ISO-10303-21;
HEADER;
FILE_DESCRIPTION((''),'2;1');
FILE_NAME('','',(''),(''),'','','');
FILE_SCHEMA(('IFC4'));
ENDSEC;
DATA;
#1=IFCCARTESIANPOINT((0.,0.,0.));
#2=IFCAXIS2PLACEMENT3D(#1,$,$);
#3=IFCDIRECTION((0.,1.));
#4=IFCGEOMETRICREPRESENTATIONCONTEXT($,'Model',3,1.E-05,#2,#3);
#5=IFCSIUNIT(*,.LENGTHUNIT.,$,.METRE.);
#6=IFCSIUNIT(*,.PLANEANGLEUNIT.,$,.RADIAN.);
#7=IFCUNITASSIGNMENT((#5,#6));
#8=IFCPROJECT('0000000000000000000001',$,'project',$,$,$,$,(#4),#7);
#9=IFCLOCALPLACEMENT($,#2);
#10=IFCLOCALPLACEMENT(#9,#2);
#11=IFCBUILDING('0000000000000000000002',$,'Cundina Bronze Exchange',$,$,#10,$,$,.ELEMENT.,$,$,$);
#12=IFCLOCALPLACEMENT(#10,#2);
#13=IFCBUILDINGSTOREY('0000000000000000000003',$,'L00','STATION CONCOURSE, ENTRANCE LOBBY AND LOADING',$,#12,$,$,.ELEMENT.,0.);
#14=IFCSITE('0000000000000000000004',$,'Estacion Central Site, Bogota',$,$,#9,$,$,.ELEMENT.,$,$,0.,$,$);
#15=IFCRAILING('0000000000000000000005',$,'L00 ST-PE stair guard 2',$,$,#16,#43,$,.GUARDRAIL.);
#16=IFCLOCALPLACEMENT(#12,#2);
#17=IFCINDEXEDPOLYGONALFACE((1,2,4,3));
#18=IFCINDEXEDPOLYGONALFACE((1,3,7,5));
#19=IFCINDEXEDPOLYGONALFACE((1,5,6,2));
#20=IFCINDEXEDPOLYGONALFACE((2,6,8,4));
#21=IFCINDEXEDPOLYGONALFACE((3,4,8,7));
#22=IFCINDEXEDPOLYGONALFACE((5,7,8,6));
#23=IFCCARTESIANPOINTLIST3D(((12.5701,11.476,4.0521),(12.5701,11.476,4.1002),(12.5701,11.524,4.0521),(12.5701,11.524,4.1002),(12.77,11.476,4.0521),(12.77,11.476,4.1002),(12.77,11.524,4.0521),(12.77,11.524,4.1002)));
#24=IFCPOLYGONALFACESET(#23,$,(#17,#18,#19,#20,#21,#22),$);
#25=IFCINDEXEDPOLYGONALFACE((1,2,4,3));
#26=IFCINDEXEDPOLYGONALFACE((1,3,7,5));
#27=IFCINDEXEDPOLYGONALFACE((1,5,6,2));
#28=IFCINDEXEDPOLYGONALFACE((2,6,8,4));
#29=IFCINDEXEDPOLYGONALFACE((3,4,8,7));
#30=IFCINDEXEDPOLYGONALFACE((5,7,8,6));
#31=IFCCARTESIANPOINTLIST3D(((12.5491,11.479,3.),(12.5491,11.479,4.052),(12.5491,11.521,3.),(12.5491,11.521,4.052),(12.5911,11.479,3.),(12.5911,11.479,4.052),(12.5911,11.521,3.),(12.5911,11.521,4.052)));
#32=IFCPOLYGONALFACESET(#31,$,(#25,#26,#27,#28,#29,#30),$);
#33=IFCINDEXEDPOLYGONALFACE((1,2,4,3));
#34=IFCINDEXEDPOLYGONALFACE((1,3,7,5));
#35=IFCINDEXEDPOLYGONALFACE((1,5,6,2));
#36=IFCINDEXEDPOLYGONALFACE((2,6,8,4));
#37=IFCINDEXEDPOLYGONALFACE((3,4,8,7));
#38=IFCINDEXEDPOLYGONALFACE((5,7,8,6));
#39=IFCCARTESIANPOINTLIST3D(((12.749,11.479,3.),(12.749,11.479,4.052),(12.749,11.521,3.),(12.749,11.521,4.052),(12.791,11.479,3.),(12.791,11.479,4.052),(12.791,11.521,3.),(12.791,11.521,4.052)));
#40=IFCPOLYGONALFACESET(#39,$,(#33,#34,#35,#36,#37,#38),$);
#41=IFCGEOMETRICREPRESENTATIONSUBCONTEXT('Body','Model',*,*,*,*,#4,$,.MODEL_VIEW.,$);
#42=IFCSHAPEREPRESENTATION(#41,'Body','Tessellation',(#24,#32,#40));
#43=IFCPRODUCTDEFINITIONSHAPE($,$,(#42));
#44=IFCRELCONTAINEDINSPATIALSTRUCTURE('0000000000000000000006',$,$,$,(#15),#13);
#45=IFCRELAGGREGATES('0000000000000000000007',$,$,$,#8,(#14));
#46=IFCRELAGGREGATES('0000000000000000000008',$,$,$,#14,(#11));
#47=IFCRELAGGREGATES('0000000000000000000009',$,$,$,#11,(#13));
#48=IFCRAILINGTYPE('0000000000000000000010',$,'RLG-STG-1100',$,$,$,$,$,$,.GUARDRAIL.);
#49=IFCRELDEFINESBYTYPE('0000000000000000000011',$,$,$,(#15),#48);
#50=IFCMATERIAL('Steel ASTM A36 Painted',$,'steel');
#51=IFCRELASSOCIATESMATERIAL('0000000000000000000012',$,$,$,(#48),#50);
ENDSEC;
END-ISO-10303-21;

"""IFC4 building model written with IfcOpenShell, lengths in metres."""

from ifc_helpers import new_model, si_unit, direction, frame, origin, origin_2d, place, context, subcontext, project, spatial, rectangle, extrude, material, type_object, element, save


model = new_model("IFC4")

# Units and contexts
model_context = context("Model", 3, precision=1e-05, world=origin(), true_north=direction((0.0, 1.0)))
body_context = subcontext(model_context, "Body", "Model", "MODEL_VIEW")
ifc_project = project(units=[si_unit("LENGTHUNIT", "METRE"), si_unit("PLANEANGLEUNIT", "RADIAN")], contexts=[model_context])

# Site, building, storey
site_placement = place(None, origin())
site = spatial("IfcSite", under=ifc_project, at=site_placement, Name="Estacion Central Site, Bogota", CompositionType="ELEMENT", RefElevation=0.0)
building_placement = place(site_placement, origin())
building = spatial("IfcBuilding", under=site, at=building_placement, Name="Cundina Bronze Exchange", CompositionType="ELEMENT")
storey_placement = place(building_placement, origin())
storey = spatial("IfcBuildingStorey", under=building, at=storey_placement, Name="L00", Description="STATION CONCOURSE, ENTRANCE LOBBY AND LOADING", CompositionType="ELEMENT", Elevation=0.0)

# Shared definitions
ifc_material_1 = material(Name="Steel ASTM A36 Painted", Category="steel")

# Railing
railing_type = type_object("IfcRailingType", Name="RLG-STG-1100", PredefinedType="GUARDRAIL", material=ifc_material_1)
railing_placement = place(storey_placement, frame((12.5701, 11.5, 3.0)))
element("IfcRailing", 1, at=railing_placement, inside=storey, type_object=railing_type, Name="L00 ST-PE stair guard 2", PredefinedType="GUARDRAIL", context=body_context, shape_type="SweptSolid", body=[
    extrude(rectangle(XDim=0.0481, YDim=0.0481, at=origin_2d()), frame((0.0, 0.0, 1.0762), z_axis=(1.0, 0.0, 0.0), x_axis=(0.0, 1.0, 0.0)), (0.0, 0.0, 1.0), 0.2),
    extrude(rectangle(XDim=0.042, YDim=0.042, at=origin_2d()), origin(), (0.0, 0.0, 1.0), 1.052),
    extrude(rectangle(XDim=0.042, YDim=0.042, at=origin_2d()), frame((0.2, 0.0, 0.0)), (0.0, 0.0, 1.0), 1.052),
])

save(model, "model.ifc")
